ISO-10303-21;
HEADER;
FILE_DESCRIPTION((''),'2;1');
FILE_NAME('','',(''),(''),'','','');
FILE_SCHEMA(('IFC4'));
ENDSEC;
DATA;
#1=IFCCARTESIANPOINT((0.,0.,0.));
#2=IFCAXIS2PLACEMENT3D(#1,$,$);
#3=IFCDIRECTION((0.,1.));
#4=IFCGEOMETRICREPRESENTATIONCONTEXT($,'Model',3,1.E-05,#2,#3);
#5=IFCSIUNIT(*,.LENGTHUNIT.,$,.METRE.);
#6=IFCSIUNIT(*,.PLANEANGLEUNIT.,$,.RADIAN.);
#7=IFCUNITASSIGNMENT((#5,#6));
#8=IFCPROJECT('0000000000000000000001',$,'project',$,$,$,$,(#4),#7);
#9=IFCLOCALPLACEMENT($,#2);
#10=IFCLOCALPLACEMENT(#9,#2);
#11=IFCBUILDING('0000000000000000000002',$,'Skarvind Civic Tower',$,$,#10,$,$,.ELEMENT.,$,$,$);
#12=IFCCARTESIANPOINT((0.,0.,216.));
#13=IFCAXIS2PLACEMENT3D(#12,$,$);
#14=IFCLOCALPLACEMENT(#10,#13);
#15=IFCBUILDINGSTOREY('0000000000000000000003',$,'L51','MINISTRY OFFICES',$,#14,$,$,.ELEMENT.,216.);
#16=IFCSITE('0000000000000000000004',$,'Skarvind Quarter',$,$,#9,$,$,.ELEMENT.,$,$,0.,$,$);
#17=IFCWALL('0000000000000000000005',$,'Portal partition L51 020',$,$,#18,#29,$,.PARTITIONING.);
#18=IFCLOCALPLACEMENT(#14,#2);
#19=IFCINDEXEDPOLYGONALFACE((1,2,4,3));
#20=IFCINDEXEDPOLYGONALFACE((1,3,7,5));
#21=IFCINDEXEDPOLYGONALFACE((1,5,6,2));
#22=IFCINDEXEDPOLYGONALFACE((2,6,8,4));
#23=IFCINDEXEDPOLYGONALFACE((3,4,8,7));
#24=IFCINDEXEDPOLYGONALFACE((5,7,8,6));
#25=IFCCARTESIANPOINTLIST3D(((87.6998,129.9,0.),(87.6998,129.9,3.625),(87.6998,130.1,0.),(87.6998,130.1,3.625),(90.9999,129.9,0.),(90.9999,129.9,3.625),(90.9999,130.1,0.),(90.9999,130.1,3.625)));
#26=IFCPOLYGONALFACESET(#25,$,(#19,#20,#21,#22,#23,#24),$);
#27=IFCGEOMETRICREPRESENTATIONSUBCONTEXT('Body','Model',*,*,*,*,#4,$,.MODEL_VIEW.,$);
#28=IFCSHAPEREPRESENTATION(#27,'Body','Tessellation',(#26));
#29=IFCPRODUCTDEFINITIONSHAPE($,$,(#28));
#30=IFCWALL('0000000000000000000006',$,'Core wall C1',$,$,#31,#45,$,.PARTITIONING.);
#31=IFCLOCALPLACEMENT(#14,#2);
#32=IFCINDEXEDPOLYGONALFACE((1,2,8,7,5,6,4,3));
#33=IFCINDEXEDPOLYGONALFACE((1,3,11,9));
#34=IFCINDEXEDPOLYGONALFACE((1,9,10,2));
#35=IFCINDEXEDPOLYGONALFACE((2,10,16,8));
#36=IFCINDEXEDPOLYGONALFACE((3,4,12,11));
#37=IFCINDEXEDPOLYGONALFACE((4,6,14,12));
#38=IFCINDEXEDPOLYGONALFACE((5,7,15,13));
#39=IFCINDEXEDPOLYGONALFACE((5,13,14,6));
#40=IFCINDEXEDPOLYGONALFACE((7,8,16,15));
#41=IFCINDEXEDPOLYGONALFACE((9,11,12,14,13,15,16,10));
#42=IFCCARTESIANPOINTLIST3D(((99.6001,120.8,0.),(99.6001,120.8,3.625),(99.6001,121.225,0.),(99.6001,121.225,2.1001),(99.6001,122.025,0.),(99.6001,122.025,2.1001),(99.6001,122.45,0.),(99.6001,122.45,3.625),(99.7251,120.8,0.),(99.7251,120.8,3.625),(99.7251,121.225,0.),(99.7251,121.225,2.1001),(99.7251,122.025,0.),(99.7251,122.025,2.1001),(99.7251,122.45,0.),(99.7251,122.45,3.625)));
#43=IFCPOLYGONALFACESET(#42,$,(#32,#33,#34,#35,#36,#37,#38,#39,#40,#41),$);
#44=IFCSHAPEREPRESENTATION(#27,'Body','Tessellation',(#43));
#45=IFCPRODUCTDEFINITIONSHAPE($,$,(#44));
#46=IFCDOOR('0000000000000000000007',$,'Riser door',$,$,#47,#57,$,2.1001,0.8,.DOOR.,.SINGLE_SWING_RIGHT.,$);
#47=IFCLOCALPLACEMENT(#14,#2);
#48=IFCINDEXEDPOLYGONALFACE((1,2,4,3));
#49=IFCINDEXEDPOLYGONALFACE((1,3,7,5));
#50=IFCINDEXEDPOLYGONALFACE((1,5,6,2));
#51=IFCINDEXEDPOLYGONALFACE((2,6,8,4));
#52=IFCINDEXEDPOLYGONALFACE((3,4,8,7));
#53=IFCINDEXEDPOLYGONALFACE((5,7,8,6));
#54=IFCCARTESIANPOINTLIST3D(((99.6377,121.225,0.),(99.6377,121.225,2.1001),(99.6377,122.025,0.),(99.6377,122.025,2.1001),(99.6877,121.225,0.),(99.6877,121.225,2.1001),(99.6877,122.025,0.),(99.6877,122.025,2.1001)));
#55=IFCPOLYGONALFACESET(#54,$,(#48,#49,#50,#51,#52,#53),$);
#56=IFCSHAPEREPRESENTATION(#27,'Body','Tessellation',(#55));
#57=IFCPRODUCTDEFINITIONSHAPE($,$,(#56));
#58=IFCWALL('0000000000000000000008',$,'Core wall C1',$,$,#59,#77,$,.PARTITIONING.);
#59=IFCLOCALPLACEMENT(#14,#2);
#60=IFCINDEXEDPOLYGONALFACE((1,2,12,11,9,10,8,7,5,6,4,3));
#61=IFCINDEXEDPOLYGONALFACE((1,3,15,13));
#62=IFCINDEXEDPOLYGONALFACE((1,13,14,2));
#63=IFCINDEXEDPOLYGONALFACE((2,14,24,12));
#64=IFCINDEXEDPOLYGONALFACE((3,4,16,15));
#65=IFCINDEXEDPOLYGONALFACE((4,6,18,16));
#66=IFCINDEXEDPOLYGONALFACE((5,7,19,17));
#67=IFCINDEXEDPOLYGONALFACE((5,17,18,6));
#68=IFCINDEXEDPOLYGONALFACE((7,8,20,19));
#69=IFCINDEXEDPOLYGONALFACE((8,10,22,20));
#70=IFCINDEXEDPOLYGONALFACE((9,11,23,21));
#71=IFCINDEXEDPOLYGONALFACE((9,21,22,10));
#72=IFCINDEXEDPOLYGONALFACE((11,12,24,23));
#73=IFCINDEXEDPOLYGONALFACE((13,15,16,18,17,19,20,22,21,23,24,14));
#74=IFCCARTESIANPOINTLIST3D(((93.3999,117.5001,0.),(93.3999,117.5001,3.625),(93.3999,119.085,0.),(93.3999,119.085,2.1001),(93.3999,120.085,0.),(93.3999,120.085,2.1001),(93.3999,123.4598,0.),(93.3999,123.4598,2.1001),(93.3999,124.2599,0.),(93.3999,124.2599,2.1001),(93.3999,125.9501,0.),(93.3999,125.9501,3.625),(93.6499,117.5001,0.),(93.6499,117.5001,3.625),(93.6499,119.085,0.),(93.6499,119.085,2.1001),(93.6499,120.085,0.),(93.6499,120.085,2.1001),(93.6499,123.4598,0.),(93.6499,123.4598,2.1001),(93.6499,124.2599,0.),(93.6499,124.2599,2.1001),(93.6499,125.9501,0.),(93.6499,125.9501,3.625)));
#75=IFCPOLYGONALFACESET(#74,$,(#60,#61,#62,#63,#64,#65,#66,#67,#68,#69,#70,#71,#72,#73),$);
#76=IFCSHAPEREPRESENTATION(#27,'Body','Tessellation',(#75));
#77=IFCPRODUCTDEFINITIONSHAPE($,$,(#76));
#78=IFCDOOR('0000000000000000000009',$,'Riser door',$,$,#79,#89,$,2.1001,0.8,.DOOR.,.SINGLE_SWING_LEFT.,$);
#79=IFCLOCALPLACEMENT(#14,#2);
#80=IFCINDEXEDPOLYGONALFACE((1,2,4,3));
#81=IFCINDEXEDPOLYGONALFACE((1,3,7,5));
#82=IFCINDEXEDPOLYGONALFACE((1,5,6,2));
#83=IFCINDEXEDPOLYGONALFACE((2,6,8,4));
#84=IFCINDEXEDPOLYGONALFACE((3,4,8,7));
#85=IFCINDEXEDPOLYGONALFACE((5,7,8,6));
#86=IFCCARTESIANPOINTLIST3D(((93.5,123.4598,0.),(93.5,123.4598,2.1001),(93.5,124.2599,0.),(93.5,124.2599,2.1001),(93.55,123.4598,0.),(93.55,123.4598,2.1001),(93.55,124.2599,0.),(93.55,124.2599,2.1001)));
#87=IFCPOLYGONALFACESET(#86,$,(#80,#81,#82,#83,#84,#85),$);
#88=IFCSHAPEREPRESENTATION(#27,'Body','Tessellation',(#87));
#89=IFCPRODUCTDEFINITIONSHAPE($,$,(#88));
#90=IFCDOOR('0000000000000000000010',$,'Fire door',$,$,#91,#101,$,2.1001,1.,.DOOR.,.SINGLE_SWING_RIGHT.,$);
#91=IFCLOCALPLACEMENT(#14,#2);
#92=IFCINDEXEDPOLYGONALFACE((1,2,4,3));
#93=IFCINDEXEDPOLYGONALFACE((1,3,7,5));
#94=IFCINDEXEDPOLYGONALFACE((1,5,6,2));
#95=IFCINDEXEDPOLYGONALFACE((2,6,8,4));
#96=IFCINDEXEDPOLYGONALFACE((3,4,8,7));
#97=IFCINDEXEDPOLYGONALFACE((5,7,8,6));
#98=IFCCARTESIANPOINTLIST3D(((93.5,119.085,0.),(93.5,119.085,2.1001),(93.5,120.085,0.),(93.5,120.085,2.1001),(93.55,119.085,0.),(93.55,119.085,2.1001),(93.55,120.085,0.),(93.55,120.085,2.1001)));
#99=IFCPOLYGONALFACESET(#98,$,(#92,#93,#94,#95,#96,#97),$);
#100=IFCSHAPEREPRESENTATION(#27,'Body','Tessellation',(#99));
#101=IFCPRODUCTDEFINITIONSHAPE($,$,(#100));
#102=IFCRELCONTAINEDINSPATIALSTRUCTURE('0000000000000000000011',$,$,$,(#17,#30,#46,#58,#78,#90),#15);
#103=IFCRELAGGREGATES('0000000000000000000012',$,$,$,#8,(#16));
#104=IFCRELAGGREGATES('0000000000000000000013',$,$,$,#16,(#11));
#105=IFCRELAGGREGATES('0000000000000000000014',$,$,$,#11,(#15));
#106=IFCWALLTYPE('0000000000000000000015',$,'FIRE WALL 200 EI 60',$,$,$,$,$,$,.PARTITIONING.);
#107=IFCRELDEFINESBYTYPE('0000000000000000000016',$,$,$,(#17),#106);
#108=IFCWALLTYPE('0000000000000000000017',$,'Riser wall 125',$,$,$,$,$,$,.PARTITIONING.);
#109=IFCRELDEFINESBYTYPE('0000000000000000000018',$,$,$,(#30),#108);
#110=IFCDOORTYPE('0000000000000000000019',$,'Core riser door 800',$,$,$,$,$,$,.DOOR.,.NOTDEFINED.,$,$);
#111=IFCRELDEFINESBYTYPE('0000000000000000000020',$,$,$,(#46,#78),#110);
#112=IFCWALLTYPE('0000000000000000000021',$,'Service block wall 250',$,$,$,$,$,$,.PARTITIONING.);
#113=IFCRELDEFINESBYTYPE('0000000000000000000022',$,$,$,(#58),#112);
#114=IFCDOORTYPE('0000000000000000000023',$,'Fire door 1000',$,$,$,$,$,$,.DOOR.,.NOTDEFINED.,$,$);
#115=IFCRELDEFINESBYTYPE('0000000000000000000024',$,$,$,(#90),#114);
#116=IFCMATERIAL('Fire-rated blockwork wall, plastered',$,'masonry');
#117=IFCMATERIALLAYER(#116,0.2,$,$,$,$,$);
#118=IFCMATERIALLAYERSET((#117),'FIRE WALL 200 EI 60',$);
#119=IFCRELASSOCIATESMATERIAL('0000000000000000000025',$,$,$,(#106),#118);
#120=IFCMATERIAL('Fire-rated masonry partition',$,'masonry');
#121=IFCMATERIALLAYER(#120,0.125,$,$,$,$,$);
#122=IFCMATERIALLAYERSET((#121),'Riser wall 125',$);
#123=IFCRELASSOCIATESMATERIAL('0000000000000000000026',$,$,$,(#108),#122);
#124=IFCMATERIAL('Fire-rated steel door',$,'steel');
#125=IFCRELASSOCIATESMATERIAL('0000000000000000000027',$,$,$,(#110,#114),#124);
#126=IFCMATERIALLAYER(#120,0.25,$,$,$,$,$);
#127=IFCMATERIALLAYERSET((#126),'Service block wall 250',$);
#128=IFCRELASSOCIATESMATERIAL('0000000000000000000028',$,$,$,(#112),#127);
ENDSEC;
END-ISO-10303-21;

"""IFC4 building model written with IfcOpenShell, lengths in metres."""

from ifc_helpers import new_model, si_unit, direction, frame, frame_2d, origin, place, context, subcontext, project, spatial, rectangle, extrude, material, layer, layer_set, type_object, element, fill, save


model = new_model("IFC4")

# Units and contexts
model_context = context("Model", 3, precision=1e-05, world=origin(), true_north=direction((0.0, 1.0)))
body_context = subcontext(model_context, "Body", "Model", "MODEL_VIEW")
ifc_project = project(units=[si_unit("LENGTHUNIT", "METRE"), si_unit("PLANEANGLEUNIT", "RADIAN")], contexts=[model_context])

# Site, building, storey
site_placement = place(None, origin())
site = spatial("IfcSite", under=ifc_project, at=site_placement, Name="Skarvind Quarter", CompositionType="ELEMENT", RefElevation=0.0)
building_placement = place(site_placement, origin())
building = spatial("IfcBuilding", under=site, at=building_placement, Name="Skarvind Civic Tower", CompositionType="ELEMENT")
storey_placement = place(building_placement, frame((0.0, 0.0, 216.0)))
storey = spatial("IfcBuildingStorey", under=building, at=storey_placement, Name="L51", Description="MINISTRY OFFICES", CompositionType="ELEMENT", Elevation=216.0)

# Shared definitions
ifc_material_1 = material(Name="Fire-rated masonry partition", Category="masonry")
ifc_material_2 = material(Name="Fire-rated steel door", Category="steel")

# Wall
ifc_material_3 = material(Name="Fire-rated blockwork wall, plastered", Category="masonry")
ifc_layer_1 = layer(ifc_material_3, 0.2)
ifc_layer_set_1 = layer_set([ifc_layer_1], Name="FIRE WALL 200 EI 60")
wall_type_1 = type_object("IfcWallType", Name="FIRE WALL 200 EI 60", PredefinedType="PARTITIONING", material=ifc_layer_set_1)
wall_1_placement = place(storey_placement, frame((87.7, 130.0, 0.0), z_axis=(0.0, 0.0, 1.0), x_axis=(1.0, 0.0, 0.0)))
element("IfcWall", 1, at=wall_1_placement, inside=storey, type_object=wall_type_1, Name="Portal partition L51 020", PredefinedType="PARTITIONING", context=body_context, shape_type="SweptSolid", body=[
    extrude(rectangle(XDim=3.3, YDim=0.2, at=frame_2d((1.6499, 0.0))), origin(), (0.0, 0.0, 1.0), 3.625),
])

# Wall, opening, door
ifc_layer_2 = layer(ifc_material_1, 0.125)
ifc_layer_set_2 = layer_set([ifc_layer_2], Name="Riser wall 125")
wall_type_2 = type_object("IfcWallType", Name="Riser wall 125", PredefinedType="PARTITIONING", material=ifc_layer_set_2)
wall_2_placement = place(storey_placement, frame((99.6626, 120.8, 0.0), z_axis=(0.0, 0.0, 1.0), x_axis=(0.0, 1.0, 0.0)))
wall_2 = element("IfcWall", 2, at=wall_2_placement, inside=storey, type_object=wall_type_2, Name="Core wall C1", PredefinedType="PARTITIONING", context=body_context, shape_type="SweptSolid", body=[
    extrude(rectangle(XDim=1.6499, YDim=0.125, at=frame_2d((0.825, 0.0))), origin(), (0.0, 0.0, 1.0), 3.625),
])
opening_1_placement = place(wall_2_placement, frame((0.425, 0.0, 0.0)))
opening_1 = element("IfcOpeningElement", 3, at=opening_1_placement, cuts=wall_2, PredefinedType="OPENING", context=body_context, shape_type="SweptSolid", body=[
    extrude(rectangle(XDim=0.8, YDim=2.1001, at=frame_2d((0.3999, 1.05))), frame((0.0, 0.0725, 0.0), z_axis=(0.0, -1.0, 0.0), x_axis=(1.0, 0.0, 0.0)), (0.0, 0.0, 1.0), 0.145),
])
door_type_1 = type_object("IfcDoorType", Name="Core riser door 800", OperationType="NOTDEFINED", PredefinedType="DOOR", material=ifc_material_2)
door_1_placement = place(opening_1_placement, origin())
door_1 = element("IfcDoor", 4, at=door_1_placement, inside=storey, type_object=door_type_1, Name="Riser door", OperationType="SINGLE_SWING_RIGHT", OverallHeight=2.1001, OverallWidth=0.8, PredefinedType="DOOR", context=body_context, shape_type="SweptSolid", body=[
    extrude(rectangle(XDim=0.8, YDim=2.1001, at=frame_2d((0.3999, 1.05))), frame((0.0, 0.0249, 0.0), z_axis=(0.0, -1.0, 0.0), x_axis=(1.0, 0.0, 0.0)), (0.0, 0.0, 1.0), 0.05),
])
fill(opening_1, door_1)

# Wall, openings, doors
ifc_layer_3 = layer(ifc_material_1, 0.25)
ifc_layer_set_3 = layer_set([ifc_layer_3], Name="Service block wall 250")
wall_type_3 = type_object("IfcWallType", Name="Service block wall 250", PredefinedType="PARTITIONING", material=ifc_layer_set_3)
wall_3_placement = place(storey_placement, frame((93.5249, 117.5, 0.0), z_axis=(0.0, 0.0, 1.0), x_axis=(0.0, 1.0, 0.0)))
wall_3 = element("IfcWall", 5, at=wall_3_placement, inside=storey, type_object=wall_type_3, Name="Core wall C1", PredefinedType="PARTITIONING", context=body_context, shape_type="SweptSolid", body=[
    extrude(rectangle(XDim=8.45, YDim=0.25, at=frame_2d((4.2251, 0.0))), origin(), (0.0, 0.0, 1.0), 3.625),
])
opening_2_placement = place(wall_3_placement, frame((5.96, 0.0, 0.0)))
opening_2 = element("IfcOpeningElement", 6, at=opening_2_placement, cuts=wall_3, PredefinedType="OPENING", context=body_context, shape_type="SweptSolid", body=[
    extrude(rectangle(XDim=0.8, YDim=2.1001, at=frame_2d((0.3999, 1.05))), frame((0.0, 0.135, 0.0), z_axis=(0.0, -1.0, 0.0), x_axis=(1.0, 0.0, 0.0)), (0.0, 0.0, 1.0), 0.27),
])
opening_3_placement = place(wall_3_placement, frame((1.585, 0.0, 0.0)))
opening_3 = element("IfcOpeningElement", 7, at=opening_3_placement, cuts=wall_3, PredefinedType="OPENING", context=body_context, shape_type="SweptSolid", body=[
    extrude(rectangle(XDim=1.0, YDim=2.1001, at=frame_2d((0.5, 1.05))), frame((0.0, 0.135, 0.0), z_axis=(0.0, -1.0, 0.0), x_axis=(1.0, 0.0, 0.0)), (0.0, 0.0, 1.0), 0.27),
])
door_2_placement = place(opening_2_placement, origin())
door_2 = element("IfcDoor", 8, at=door_2_placement, inside=storey, type_object=door_type_1, Name="Riser door", OperationType="SINGLE_SWING_LEFT", OverallHeight=2.1001, OverallWidth=0.8, PredefinedType="DOOR", context=body_context, shape_type="SweptSolid", body=[
    extrude(rectangle(XDim=0.8, YDim=2.1001, at=frame_2d((0.3999, 1.05))), frame((0.0, 0.0249, 0.0), z_axis=(0.0, -1.0, 0.0), x_axis=(1.0, 0.0, 0.0)), (0.0, 0.0, 1.0), 0.05),
])
fill(opening_2, door_2)
door_type_2 = type_object("IfcDoorType", Name="Fire door 1000", OperationType="NOTDEFINED", PredefinedType="DOOR", material=ifc_material_2)
door_3_placement = place(opening_3_placement, origin())
door_3 = element("IfcDoor", 9, at=door_3_placement, inside=storey, type_object=door_type_2, Name="Fire door", OperationType="SINGLE_SWING_RIGHT", OverallHeight=2.1001, OverallWidth=1.0, PredefinedType="DOOR", context=body_context, shape_type="SweptSolid", body=[
    extrude(rectangle(XDim=1.0, YDim=2.1001, at=frame_2d((0.5, 1.05))), frame((0.0, 0.0249, 0.0), z_axis=(0.0, -1.0, 0.0), x_axis=(1.0, 0.0, 0.0)), (0.0, 0.0, 1.0), 0.05),
])
fill(opening_3, door_3)

save(model, "model.ifc")
